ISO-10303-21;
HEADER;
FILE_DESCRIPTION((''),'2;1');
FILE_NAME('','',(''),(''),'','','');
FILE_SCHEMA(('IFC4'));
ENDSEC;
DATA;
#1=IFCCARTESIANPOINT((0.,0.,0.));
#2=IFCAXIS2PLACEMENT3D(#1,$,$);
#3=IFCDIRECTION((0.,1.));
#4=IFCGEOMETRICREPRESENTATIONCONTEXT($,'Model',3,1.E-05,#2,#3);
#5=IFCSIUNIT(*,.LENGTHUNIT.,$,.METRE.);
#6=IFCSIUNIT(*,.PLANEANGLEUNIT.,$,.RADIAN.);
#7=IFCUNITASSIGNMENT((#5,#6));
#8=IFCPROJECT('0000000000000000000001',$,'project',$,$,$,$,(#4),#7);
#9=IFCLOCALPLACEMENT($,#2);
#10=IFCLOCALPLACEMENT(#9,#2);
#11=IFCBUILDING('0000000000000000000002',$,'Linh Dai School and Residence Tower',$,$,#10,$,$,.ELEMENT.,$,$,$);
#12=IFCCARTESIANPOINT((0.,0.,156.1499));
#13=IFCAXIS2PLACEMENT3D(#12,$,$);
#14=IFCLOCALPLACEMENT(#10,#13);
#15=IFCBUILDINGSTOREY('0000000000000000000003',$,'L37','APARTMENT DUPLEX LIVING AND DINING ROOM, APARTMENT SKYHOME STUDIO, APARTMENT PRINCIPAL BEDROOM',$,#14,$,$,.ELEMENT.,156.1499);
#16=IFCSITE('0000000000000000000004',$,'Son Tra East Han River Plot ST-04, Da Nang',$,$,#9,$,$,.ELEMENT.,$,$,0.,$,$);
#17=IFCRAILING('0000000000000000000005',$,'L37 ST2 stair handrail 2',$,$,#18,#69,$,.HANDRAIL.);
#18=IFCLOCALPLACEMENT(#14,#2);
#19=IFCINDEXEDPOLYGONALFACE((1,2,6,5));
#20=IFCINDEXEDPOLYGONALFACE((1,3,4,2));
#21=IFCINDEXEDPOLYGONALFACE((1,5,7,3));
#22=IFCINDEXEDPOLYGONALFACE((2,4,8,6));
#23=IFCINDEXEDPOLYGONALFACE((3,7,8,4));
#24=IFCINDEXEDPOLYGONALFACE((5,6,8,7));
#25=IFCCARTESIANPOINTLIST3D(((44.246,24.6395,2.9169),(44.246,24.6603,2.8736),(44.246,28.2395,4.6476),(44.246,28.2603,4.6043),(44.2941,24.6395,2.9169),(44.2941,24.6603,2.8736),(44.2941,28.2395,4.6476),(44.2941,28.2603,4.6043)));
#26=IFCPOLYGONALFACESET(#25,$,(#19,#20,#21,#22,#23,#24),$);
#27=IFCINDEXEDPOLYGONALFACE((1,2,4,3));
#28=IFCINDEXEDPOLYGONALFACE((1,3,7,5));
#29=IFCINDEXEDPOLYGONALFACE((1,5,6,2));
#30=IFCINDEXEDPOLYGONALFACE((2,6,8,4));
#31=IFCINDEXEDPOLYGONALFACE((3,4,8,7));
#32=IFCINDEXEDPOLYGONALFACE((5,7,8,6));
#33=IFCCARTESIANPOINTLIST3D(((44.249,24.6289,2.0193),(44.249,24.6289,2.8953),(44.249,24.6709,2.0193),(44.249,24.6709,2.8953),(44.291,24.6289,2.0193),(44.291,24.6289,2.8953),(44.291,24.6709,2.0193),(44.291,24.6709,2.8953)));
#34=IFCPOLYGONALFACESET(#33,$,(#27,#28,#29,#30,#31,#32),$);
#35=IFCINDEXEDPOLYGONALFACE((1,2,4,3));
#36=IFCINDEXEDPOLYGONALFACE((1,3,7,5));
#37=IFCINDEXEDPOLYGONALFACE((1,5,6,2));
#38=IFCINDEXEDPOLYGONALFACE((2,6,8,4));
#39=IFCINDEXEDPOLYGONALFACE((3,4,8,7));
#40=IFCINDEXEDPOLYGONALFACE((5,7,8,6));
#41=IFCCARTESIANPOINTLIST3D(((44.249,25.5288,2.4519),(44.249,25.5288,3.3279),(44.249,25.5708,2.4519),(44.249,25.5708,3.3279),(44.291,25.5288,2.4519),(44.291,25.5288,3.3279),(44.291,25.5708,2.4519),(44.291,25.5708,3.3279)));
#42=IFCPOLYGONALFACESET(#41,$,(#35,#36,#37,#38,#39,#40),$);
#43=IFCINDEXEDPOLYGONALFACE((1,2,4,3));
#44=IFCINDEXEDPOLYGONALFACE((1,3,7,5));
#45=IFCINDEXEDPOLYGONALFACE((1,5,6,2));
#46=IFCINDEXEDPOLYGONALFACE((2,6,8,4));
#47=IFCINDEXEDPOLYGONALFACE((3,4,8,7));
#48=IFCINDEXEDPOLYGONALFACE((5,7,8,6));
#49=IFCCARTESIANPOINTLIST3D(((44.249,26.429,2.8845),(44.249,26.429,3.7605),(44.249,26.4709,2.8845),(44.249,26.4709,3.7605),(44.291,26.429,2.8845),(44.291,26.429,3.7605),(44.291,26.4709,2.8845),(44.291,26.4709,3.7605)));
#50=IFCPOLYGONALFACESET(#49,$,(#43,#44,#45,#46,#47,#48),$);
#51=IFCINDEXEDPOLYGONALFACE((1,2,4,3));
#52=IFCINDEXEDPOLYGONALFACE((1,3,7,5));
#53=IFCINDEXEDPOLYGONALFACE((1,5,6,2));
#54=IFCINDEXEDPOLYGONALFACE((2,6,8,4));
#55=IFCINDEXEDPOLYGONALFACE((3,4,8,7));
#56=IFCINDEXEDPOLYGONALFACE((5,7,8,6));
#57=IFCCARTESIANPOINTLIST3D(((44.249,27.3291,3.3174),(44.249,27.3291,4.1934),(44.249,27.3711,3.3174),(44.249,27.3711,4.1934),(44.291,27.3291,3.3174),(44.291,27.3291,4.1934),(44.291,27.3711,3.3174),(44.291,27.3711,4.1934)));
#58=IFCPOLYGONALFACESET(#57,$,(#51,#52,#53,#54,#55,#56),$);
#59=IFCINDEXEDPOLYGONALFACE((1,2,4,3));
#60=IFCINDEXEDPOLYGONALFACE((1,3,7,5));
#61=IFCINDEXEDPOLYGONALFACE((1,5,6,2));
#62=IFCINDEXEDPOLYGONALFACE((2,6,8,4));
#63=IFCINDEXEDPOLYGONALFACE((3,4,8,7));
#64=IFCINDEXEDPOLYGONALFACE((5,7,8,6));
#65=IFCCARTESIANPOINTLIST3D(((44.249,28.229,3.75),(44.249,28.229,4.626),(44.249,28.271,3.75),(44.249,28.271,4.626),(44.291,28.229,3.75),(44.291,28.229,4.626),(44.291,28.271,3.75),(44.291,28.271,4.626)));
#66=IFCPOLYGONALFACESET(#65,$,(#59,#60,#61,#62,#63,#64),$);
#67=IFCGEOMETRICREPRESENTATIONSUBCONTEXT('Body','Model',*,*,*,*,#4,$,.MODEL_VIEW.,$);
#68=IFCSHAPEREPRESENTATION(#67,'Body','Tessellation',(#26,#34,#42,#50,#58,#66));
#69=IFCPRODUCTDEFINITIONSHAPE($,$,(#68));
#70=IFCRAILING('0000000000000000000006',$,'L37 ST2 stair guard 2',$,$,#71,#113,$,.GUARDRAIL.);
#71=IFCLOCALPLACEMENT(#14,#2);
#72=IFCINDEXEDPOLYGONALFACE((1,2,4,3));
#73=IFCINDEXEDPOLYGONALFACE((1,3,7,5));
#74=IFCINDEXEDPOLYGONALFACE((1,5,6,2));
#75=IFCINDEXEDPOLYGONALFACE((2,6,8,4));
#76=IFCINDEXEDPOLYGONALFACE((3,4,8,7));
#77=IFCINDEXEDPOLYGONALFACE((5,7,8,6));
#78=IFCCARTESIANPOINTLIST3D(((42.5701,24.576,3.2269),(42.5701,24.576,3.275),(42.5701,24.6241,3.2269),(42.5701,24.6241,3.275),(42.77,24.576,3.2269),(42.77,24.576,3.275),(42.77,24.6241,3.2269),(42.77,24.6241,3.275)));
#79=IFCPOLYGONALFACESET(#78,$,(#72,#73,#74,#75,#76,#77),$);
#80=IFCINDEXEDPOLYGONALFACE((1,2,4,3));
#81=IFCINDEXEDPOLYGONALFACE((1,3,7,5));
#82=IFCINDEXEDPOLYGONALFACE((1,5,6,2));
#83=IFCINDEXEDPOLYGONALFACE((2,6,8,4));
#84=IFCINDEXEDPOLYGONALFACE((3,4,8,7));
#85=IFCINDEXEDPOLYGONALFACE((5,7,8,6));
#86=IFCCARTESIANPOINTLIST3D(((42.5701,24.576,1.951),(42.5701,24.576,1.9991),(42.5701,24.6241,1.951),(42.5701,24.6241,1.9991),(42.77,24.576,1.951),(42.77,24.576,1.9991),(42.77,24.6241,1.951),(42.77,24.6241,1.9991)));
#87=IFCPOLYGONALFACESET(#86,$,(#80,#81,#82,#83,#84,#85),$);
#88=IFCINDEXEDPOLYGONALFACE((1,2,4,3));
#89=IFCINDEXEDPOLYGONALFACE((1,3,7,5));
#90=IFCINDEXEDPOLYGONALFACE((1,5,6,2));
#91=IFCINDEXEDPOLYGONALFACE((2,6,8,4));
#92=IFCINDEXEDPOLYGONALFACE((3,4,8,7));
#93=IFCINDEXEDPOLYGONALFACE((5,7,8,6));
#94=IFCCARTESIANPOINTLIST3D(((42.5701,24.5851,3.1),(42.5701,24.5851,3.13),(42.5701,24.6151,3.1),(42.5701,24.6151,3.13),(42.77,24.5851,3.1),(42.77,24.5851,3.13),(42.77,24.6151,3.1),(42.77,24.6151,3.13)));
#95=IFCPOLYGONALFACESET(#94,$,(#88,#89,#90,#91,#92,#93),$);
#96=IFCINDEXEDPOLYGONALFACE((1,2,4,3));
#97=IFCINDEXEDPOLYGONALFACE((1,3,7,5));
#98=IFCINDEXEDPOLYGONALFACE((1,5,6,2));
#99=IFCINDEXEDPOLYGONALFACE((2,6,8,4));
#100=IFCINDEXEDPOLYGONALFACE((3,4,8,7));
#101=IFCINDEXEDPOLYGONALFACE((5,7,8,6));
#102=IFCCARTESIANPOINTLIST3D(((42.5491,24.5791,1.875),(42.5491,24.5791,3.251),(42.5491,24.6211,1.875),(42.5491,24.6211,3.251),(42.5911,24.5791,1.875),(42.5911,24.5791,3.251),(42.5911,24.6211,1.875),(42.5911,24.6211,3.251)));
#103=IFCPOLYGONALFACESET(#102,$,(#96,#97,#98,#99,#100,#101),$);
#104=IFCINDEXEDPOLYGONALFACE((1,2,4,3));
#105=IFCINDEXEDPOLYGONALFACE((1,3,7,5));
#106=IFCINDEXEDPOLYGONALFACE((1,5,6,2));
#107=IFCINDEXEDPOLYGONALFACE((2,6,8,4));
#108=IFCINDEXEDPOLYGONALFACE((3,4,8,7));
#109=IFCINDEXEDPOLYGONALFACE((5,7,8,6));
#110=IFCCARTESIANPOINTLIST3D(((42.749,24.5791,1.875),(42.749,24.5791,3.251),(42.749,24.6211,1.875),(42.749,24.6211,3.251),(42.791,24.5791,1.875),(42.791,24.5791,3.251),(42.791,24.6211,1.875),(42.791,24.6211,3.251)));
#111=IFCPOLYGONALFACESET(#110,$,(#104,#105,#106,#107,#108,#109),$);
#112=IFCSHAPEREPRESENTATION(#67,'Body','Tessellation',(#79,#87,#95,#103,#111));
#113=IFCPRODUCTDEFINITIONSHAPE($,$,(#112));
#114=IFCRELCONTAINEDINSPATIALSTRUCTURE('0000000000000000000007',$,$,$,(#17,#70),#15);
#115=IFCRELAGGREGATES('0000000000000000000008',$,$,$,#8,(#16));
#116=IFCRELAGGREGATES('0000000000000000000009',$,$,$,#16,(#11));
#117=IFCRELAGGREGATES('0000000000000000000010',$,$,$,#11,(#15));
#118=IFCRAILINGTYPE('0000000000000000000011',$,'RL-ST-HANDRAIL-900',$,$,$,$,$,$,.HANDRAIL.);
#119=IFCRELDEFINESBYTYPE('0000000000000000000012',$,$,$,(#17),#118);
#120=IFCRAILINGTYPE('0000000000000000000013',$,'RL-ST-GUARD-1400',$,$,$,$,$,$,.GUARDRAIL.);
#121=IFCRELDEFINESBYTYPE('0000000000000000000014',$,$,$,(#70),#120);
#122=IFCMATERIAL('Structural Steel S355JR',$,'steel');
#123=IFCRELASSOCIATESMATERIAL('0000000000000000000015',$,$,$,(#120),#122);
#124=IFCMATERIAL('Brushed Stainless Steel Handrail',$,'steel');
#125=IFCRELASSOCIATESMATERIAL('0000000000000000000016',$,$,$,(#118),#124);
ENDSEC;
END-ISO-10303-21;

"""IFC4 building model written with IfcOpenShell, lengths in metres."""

from ifc_helpers import new_model, si_unit, direction, frame, origin, origin_2d, place, context, subcontext, project, spatial, rectangle, extrude, source, transform, mapped, material, type_object, element, save


model = new_model("IFC4")

# Units and contexts
model_context = context("Model", 3, precision=1e-05, world=origin(), true_north=direction((0.0, 1.0)))
body_context = subcontext(model_context, "Body", "Model", "MODEL_VIEW")
ifc_project = project(units=[si_unit("LENGTHUNIT", "METRE"), si_unit("PLANEANGLEUNIT", "RADIAN")], contexts=[model_context])

# Site, building, storey
site_placement = place(None, origin())
site = spatial("IfcSite", under=ifc_project, at=site_placement, Name="Son Tra East Han River Plot ST-04, Da Nang", CompositionType="ELEMENT", RefElevation=0.0)
building_placement = place(site_placement, origin())
building = spatial("IfcBuilding", under=site, at=building_placement, Name="Linh Dai School and Residence Tower", CompositionType="ELEMENT")
storey_placement = place(building_placement, frame((0.0, 0.0, 156.1499)))
storey = spatial("IfcBuildingStorey", under=building, at=storey_placement, Name="L37", Description="APARTMENT DUPLEX LIVING AND DINING ROOM, APARTMENT SKYHOME STUDIO, APARTMENT PRINCIPAL BEDROOM", CompositionType="ELEMENT", Elevation=156.1499)

# Shared definitions
ifc_material_1 = material(Name="Structural Steel S355JR", Category="steel")

# Railings
railing_type_1 = type_object("IfcRailingType", Name="RL-ST-GUARD-1400", PredefinedType="GUARDRAIL", material=ifc_material_1)
ifc_material_2 = material(Name="Brushed Stainless Steel Handrail", Category="steel")
railing_type_2 = type_object("IfcRailingType", Name="RL-ST-HANDRAIL-900", PredefinedType="HANDRAIL", material=ifc_material_2)
shared_shape_1 = source(origin(), body_context, "Body", "SweptSolid", [
    extrude(rectangle(XDim=0.0481, YDim=0.0481, at=origin_2d()), frame((0.0, 0.0, 0.876), z_axis=(0.0, 0.901263, 0.433273), x_axis=(-1.0, 0.0, 0.0)), (0.0, 0.0, 1.0), 3.9944),
    extrude(rectangle(XDim=0.042, YDim=0.042, at=origin_2d()), origin(), (0.0, 0.0, 1.0), 0.876),
    extrude(rectangle(XDim=0.042, YDim=0.042, at=origin_2d()), frame((0.0, 0.8999, 0.4326)), (0.0, 0.0, 1.0), 0.876),
    extrude(rectangle(XDim=0.042, YDim=0.042, at=origin_2d()), frame((0.0, 1.8, 0.8652)), (0.0, 0.0, 1.0), 0.876),
    extrude(rectangle(XDim=0.042, YDim=0.042, at=origin_2d()), frame((0.0, 2.7002, 1.2981)), (0.0, 0.0, 1.0), 0.876),
    extrude(rectangle(XDim=0.042, YDim=0.042, at=origin_2d()), frame((0.0, 3.6001, 1.7307)), (0.0, 0.0, 1.0), 0.876),
])
railing_1_placement = place(storey_placement, frame((44.27, 24.6499, 2.0193)))
element("IfcRailing", 1, at=railing_1_placement, inside=storey, type_object=railing_type_2, Name="L37 ST2 stair handrail 2", PredefinedType="HANDRAIL", context=body_context, shape_type="MappedRepresentation", body=[
    mapped(shared_shape_1, transform((0.0, 0.0, 0.0), x_axis=(1.0, 0.0, 0.0), y_axis=(0.0, 1.0, 0.0), z_axis=(0.0, 0.0, 1.0), scale=1.0)),
])
shared_shape_2 = source(origin(), body_context, "Body", "SweptSolid", [
    extrude(rectangle(XDim=0.0481, YDim=0.0481, at=origin_2d()), frame((0.0, 0.0, 1.376), z_axis=(1.0, 0.0, 0.0), x_axis=(0.0, 1.0, 0.0)), (0.0, 0.0, 1.0), 0.2),
    extrude(rectangle(XDim=0.0481, YDim=0.0481, at=origin_2d()), frame((0.0, 0.0, 0.1001), z_axis=(1.0, 0.0, 0.0), x_axis=(0.0, 1.0, 0.0)), (0.0, 0.0, 1.0), 0.2),
    extrude(rectangle(XDim=0.03, YDim=0.03, at=origin_2d()), frame((0.0, 0.0, 1.24), z_axis=(1.0, 0.0, 0.0), x_axis=(0.0, 1.0, 0.0)), (0.0, 0.0, 1.0), 0.2),
    extrude(rectangle(XDim=0.042, YDim=0.042, at=origin_2d()), origin(), (0.0, 0.0, 1.0), 1.376),
    extrude(rectangle(XDim=0.042, YDim=0.042, at=origin_2d()), frame((0.2, 0.0, 0.0)), (0.0, 0.0, 1.0), 1.376),
])
railing_2_placement = place(storey_placement, frame((42.5701, 24.6001, 1.875)))
element("IfcRailing", 2, at=railing_2_placement, inside=storey, type_object=railing_type_1, Name="L37 ST2 stair guard 2", PredefinedType="GUARDRAIL", context=body_context, shape_type="MappedRepresentation", body=[
    mapped(shared_shape_2, transform((0.0, 0.0, 0.0), x_axis=(1.0, 0.0, 0.0), y_axis=(0.0, 1.0, 0.0), z_axis=(0.0, 0.0, 1.0), scale=1.0)),
])

save(model, "model.ifc")
